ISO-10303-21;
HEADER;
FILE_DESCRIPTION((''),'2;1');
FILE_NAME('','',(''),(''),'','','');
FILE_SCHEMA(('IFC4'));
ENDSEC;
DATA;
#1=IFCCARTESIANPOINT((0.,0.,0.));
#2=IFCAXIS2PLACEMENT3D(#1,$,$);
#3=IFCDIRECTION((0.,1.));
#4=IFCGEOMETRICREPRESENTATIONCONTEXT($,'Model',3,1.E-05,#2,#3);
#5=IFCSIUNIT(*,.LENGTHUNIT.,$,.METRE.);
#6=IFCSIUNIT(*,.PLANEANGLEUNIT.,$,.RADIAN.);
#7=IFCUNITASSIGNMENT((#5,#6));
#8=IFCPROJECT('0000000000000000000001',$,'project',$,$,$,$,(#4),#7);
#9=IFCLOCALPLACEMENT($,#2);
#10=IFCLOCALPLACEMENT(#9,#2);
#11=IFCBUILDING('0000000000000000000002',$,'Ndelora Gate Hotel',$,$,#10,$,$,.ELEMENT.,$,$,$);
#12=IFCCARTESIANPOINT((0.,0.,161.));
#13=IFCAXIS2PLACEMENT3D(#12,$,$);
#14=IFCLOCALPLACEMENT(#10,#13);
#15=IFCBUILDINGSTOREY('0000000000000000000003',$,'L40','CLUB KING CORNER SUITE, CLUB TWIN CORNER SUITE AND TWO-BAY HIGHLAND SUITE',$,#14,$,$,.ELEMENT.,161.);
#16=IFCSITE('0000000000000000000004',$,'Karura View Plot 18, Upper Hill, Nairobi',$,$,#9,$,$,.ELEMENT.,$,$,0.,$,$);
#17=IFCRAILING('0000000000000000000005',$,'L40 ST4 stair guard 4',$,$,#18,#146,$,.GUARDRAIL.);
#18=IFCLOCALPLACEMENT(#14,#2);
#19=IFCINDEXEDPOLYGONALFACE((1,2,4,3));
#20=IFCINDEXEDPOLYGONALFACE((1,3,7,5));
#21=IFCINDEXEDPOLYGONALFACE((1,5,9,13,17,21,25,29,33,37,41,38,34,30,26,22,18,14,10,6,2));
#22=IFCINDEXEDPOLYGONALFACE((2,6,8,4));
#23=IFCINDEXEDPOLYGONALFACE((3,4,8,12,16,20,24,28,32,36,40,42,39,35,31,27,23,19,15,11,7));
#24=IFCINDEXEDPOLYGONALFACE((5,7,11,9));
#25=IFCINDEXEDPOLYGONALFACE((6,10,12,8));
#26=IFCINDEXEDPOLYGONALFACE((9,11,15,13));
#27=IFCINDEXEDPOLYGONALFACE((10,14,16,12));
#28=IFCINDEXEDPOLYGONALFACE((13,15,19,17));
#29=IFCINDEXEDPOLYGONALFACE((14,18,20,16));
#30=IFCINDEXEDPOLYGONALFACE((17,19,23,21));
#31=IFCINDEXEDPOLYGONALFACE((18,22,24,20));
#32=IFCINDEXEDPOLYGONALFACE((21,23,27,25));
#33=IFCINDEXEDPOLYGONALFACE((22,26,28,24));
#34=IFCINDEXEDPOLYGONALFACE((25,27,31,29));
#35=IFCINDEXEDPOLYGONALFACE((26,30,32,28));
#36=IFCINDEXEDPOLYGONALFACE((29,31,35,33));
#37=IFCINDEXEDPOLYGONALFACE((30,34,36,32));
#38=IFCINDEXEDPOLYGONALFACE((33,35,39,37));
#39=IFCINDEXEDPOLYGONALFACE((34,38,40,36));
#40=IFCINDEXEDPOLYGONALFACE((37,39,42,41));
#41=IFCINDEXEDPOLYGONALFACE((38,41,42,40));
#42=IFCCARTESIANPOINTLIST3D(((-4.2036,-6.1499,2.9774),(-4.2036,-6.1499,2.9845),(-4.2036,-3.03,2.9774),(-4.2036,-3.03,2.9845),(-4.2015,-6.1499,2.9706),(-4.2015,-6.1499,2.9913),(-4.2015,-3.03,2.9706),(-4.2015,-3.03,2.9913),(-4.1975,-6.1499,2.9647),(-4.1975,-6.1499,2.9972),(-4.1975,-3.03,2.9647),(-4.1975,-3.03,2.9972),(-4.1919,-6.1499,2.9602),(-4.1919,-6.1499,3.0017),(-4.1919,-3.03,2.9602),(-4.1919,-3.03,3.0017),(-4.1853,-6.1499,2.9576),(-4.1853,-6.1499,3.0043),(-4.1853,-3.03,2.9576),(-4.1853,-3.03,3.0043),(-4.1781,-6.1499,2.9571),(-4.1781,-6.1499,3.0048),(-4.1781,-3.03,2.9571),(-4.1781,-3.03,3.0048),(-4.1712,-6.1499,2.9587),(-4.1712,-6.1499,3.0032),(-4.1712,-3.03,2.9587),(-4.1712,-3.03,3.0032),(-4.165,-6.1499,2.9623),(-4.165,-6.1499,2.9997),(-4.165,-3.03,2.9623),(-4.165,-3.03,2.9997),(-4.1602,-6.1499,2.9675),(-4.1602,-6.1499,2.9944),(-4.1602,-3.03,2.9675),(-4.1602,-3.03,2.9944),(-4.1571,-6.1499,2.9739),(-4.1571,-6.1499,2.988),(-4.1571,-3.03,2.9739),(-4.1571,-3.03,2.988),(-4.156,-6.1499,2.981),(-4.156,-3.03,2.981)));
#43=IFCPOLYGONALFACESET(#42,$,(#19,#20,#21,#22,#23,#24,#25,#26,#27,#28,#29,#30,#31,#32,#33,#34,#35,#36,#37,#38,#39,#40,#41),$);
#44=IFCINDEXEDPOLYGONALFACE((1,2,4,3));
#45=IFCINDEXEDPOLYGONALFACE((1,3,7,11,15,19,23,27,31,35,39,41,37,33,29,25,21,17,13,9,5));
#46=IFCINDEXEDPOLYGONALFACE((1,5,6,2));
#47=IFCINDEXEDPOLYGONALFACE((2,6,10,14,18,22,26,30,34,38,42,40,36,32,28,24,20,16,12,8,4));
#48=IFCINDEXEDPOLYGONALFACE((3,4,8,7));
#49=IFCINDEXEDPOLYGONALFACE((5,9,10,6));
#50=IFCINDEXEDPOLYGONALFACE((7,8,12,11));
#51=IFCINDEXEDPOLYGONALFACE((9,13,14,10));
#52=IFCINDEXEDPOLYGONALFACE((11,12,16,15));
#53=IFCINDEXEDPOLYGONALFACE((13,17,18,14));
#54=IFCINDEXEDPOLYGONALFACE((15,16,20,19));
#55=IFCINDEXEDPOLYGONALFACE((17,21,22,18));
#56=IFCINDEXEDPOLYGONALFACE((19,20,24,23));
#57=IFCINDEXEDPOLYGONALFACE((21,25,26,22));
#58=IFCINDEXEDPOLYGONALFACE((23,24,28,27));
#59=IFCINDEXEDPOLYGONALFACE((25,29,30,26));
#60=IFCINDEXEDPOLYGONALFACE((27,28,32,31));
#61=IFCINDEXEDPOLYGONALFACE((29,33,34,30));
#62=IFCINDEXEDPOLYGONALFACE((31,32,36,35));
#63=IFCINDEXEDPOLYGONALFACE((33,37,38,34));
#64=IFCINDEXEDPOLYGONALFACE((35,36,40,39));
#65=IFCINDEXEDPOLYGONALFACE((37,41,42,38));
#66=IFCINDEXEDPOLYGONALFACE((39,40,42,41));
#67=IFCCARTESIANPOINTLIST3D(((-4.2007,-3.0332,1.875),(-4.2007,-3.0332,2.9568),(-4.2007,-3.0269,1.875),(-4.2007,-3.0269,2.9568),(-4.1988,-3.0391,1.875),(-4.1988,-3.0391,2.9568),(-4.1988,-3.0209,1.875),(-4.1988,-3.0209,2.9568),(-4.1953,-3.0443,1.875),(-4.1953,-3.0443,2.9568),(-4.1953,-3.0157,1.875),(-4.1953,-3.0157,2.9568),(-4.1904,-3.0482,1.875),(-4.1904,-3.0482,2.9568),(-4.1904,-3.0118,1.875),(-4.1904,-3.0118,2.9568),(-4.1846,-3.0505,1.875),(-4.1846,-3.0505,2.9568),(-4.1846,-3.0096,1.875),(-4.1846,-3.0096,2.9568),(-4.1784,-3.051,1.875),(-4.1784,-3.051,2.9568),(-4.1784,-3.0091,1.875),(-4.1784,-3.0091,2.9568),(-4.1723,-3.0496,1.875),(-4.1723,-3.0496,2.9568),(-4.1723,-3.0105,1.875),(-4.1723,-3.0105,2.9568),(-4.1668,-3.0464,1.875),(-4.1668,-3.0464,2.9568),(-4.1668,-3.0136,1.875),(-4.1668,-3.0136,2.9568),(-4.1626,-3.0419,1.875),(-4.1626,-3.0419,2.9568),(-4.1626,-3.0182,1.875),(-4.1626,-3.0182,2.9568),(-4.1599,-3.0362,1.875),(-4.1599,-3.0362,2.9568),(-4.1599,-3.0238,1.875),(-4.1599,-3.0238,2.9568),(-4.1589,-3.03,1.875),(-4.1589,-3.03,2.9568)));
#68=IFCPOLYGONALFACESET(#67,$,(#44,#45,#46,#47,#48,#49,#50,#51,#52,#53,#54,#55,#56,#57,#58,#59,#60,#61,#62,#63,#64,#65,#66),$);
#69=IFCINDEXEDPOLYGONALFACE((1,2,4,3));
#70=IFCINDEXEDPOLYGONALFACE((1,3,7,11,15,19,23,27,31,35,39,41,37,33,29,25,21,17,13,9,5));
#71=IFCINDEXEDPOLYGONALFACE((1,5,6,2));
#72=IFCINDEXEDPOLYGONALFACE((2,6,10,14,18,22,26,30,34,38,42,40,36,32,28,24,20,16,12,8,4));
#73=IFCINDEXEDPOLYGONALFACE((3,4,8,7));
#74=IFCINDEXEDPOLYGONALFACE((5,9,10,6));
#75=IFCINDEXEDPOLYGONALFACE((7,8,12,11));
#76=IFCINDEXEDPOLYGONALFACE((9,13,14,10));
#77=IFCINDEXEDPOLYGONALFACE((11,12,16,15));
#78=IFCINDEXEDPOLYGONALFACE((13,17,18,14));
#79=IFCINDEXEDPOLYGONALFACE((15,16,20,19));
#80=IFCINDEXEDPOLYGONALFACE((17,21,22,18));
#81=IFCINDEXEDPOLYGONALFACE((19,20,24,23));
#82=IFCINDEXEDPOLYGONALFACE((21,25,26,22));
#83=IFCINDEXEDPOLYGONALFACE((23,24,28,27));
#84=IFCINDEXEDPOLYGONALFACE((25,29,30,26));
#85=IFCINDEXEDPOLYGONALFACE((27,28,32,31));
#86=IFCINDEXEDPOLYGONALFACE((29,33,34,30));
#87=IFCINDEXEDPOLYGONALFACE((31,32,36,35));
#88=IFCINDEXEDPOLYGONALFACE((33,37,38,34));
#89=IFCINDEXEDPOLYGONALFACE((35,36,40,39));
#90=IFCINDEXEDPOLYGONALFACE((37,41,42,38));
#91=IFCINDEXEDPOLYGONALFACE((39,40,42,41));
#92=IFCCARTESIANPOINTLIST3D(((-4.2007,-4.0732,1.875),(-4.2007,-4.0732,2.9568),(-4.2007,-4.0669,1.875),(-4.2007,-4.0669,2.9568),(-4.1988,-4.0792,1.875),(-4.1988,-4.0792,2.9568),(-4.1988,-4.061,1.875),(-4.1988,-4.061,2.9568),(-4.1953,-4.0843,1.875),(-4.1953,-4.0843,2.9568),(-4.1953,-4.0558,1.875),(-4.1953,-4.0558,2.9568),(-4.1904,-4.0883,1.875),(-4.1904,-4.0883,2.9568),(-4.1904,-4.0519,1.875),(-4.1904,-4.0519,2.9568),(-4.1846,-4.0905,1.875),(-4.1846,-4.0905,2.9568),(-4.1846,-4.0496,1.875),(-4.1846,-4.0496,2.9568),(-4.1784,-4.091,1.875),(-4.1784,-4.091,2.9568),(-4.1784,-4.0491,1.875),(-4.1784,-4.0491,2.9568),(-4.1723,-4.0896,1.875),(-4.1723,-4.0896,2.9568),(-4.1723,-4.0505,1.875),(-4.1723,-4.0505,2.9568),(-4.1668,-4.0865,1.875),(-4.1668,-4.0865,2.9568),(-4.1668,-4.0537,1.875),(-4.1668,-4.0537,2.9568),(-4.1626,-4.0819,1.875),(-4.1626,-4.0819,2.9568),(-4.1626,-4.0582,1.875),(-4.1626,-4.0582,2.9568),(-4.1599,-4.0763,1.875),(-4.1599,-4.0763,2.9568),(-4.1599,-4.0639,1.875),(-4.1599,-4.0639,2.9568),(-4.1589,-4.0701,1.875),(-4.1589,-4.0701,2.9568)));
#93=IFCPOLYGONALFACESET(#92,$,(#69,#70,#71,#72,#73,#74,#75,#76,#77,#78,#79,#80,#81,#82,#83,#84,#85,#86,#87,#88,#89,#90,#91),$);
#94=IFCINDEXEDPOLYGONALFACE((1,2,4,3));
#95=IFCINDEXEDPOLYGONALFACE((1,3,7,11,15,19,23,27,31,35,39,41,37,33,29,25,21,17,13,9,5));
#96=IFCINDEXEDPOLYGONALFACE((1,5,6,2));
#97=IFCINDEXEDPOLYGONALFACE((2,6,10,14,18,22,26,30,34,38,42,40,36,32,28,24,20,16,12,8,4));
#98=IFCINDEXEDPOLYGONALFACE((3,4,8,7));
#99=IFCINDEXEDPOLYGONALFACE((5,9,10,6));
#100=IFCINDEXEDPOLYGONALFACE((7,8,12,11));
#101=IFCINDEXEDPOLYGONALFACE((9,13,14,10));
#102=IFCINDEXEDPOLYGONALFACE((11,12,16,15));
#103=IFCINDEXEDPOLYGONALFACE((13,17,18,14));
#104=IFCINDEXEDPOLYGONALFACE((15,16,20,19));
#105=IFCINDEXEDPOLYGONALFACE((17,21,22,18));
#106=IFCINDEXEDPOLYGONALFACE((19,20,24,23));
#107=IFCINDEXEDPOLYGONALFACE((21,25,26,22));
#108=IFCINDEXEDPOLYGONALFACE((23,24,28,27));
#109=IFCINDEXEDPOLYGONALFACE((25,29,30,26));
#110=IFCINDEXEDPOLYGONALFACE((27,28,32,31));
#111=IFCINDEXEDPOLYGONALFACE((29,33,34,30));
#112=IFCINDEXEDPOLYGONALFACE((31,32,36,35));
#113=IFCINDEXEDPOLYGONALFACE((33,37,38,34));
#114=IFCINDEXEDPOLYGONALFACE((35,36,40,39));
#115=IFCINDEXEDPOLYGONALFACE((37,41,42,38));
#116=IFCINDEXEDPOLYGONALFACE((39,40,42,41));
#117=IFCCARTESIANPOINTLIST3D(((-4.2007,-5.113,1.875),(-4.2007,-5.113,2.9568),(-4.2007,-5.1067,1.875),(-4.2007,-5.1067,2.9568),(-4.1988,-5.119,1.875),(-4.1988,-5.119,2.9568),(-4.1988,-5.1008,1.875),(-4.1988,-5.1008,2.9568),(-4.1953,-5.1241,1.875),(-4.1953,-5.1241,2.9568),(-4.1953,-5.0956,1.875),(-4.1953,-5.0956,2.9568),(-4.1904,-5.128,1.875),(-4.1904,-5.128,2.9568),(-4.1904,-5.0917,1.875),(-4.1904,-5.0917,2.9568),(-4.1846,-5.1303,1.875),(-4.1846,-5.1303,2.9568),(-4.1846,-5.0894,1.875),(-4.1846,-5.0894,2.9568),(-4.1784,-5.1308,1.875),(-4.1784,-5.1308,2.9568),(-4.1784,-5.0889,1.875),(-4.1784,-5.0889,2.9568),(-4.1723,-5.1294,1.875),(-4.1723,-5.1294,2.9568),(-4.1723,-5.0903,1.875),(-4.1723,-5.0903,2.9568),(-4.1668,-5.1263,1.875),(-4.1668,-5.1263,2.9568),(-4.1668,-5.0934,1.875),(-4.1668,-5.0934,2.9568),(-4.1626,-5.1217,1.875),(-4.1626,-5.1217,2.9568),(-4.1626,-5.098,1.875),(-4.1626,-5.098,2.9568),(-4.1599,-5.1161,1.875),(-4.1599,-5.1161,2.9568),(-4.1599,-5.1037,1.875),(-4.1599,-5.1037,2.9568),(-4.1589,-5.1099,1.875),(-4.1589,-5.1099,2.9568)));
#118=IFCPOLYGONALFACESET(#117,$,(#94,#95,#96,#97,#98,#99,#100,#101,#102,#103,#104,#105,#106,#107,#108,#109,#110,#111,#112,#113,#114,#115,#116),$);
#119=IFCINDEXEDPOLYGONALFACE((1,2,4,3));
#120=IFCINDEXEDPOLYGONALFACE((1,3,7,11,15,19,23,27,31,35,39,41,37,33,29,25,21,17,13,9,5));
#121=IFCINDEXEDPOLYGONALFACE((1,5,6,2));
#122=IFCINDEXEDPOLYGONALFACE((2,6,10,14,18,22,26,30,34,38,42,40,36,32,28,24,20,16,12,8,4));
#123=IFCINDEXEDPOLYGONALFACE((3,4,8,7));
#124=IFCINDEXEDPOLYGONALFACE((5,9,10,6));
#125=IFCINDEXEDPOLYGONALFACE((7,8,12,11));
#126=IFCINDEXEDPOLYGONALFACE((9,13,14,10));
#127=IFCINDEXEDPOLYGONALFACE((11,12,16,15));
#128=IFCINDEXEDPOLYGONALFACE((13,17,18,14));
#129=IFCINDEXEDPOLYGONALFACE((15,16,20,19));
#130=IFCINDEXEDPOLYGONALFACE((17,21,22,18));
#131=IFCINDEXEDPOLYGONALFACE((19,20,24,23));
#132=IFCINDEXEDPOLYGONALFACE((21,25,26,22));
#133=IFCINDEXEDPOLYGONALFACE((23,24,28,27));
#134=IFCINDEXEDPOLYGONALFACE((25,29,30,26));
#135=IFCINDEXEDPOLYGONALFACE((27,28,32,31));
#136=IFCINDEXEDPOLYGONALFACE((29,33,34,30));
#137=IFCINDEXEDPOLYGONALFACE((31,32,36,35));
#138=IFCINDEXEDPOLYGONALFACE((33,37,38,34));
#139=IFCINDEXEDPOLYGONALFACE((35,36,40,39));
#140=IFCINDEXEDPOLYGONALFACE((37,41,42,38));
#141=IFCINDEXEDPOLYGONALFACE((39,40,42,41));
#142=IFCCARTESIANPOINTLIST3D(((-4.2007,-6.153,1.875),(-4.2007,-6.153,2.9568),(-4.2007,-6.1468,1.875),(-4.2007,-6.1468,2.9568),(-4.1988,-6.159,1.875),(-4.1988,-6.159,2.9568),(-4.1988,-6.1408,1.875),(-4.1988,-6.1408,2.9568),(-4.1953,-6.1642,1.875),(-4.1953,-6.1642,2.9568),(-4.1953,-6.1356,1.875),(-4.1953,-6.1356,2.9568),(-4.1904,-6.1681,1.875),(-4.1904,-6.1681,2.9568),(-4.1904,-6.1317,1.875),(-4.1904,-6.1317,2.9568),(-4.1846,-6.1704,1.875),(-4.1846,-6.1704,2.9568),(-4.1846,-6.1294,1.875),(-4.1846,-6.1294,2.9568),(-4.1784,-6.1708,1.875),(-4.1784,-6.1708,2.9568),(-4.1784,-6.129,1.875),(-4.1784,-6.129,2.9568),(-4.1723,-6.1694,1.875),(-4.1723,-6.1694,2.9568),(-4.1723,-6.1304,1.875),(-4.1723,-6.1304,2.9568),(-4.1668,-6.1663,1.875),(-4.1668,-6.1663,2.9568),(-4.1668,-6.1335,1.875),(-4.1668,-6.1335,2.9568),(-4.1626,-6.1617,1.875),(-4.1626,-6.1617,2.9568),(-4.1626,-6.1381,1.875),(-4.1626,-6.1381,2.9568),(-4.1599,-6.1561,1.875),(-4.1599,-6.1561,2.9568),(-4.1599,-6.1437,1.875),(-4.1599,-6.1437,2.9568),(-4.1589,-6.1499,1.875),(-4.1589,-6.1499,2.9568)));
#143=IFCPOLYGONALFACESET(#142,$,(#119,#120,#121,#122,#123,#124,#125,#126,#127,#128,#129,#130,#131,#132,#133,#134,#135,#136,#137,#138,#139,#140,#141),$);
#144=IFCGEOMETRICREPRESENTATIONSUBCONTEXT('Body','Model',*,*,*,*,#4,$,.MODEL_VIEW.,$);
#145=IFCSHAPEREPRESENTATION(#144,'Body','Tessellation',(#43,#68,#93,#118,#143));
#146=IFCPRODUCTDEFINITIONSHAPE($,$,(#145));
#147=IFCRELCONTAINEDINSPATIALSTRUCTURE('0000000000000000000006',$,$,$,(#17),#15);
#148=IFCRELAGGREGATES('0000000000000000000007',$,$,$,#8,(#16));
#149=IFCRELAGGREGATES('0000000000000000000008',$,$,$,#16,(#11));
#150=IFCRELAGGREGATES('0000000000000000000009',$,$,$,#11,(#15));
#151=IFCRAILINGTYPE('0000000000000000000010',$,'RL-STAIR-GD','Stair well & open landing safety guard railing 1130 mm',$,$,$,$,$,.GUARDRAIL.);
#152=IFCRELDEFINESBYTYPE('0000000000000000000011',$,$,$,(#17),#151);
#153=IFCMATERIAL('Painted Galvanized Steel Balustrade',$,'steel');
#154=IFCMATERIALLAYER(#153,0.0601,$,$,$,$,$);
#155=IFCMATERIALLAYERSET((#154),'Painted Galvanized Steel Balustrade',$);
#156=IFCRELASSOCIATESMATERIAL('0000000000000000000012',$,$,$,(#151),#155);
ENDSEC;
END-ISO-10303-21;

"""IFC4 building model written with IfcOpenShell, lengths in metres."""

from ifc_helpers import new_model, si_unit, direction, frame, origin, origin_2d, place, context, subcontext, project, spatial, circle, extrude, material, layer, layer_set, type_object, element, save


model = new_model("IFC4")

# Units and contexts
model_context = context("Model", 3, precision=1e-05, world=origin(), true_north=direction((0.0, 1.0)))
body_context = subcontext(model_context, "Body", "Model", "MODEL_VIEW")
ifc_project = project(units=[si_unit("LENGTHUNIT", "METRE"), si_unit("PLANEANGLEUNIT", "RADIAN")], contexts=[model_context])

# Site, building, storey
site_placement = place(None, origin())
site = spatial("IfcSite", under=ifc_project, at=site_placement, Name="Karura View Plot 18, Upper Hill, Nairobi", CompositionType="ELEMENT", RefElevation=0.0)
building_placement = place(site_placement, origin())
building = spatial("IfcBuilding", under=site, at=building_placement, Name="Ndelora Gate Hotel", CompositionType="ELEMENT")
storey_placement = place(building_placement, frame((0.0, 0.0, 161.0)))
storey = spatial("IfcBuildingStorey", under=building, at=storey_placement, Name="L40", Description="CLUB KING CORNER SUITE, CLUB TWIN CORNER SUITE AND TWO-BAY HIGHLAND SUITE", CompositionType="ELEMENT", Elevation=161.0)

# Railing
ifc_material_1 = material(Name="Painted Galvanized Steel Balustrade", Category="steel")
ifc_layer_1 = layer(ifc_material_1, 0.0601)
ifc_layer_set_1 = layer_set([ifc_layer_1], Name="Painted Galvanized Steel Balustrade")
railing_type_1 = type_object("IfcRailingType", Name="RL-STAIR-GD", Description="Stair well & open landing safety guard railing 1130 mm", PredefinedType="GUARDRAIL", material=ifc_layer_set_1)
for number, where, name in (
    (1, (-4.1799, -3.03, 1.875), "L40 ST4 stair guard 4"),
):
    element("IfcRailing", number, at=place(storey_placement, frame(where)), inside=storey, type_object=railing_type_1, Name=name, PredefinedType="GUARDRAIL", context=body_context, shape_type="SweptSolid", body=[
        extrude(circle(Radius=0.0239, at=origin_2d()), frame((0.0, 0.0, 1.106), z_axis=(0.0, -1.0, 0.0), x_axis=(1.0, 0.0, 0.0)), (0.0, 0.0, 1.0), 3.1199),
        extrude(circle(Radius=0.021, at=origin_2d()), origin(), (0.0, 0.0, 1.0), 1.0818),
        extrude(circle(Radius=0.021, at=origin_2d()), frame((0.0, -1.04, 0.0)), (0.0, 0.0, 1.0), 1.0818),
        extrude(circle(Radius=0.021, at=origin_2d()), frame((0.0, -2.0798, 0.0)), (0.0, 0.0, 1.0), 1.0818),
        extrude(circle(Radius=0.021, at=origin_2d()), frame((0.0, -3.1199, 0.0)), (0.0, 0.0, 1.0), 1.0818),
    ])

save(model, "model.ifc")
